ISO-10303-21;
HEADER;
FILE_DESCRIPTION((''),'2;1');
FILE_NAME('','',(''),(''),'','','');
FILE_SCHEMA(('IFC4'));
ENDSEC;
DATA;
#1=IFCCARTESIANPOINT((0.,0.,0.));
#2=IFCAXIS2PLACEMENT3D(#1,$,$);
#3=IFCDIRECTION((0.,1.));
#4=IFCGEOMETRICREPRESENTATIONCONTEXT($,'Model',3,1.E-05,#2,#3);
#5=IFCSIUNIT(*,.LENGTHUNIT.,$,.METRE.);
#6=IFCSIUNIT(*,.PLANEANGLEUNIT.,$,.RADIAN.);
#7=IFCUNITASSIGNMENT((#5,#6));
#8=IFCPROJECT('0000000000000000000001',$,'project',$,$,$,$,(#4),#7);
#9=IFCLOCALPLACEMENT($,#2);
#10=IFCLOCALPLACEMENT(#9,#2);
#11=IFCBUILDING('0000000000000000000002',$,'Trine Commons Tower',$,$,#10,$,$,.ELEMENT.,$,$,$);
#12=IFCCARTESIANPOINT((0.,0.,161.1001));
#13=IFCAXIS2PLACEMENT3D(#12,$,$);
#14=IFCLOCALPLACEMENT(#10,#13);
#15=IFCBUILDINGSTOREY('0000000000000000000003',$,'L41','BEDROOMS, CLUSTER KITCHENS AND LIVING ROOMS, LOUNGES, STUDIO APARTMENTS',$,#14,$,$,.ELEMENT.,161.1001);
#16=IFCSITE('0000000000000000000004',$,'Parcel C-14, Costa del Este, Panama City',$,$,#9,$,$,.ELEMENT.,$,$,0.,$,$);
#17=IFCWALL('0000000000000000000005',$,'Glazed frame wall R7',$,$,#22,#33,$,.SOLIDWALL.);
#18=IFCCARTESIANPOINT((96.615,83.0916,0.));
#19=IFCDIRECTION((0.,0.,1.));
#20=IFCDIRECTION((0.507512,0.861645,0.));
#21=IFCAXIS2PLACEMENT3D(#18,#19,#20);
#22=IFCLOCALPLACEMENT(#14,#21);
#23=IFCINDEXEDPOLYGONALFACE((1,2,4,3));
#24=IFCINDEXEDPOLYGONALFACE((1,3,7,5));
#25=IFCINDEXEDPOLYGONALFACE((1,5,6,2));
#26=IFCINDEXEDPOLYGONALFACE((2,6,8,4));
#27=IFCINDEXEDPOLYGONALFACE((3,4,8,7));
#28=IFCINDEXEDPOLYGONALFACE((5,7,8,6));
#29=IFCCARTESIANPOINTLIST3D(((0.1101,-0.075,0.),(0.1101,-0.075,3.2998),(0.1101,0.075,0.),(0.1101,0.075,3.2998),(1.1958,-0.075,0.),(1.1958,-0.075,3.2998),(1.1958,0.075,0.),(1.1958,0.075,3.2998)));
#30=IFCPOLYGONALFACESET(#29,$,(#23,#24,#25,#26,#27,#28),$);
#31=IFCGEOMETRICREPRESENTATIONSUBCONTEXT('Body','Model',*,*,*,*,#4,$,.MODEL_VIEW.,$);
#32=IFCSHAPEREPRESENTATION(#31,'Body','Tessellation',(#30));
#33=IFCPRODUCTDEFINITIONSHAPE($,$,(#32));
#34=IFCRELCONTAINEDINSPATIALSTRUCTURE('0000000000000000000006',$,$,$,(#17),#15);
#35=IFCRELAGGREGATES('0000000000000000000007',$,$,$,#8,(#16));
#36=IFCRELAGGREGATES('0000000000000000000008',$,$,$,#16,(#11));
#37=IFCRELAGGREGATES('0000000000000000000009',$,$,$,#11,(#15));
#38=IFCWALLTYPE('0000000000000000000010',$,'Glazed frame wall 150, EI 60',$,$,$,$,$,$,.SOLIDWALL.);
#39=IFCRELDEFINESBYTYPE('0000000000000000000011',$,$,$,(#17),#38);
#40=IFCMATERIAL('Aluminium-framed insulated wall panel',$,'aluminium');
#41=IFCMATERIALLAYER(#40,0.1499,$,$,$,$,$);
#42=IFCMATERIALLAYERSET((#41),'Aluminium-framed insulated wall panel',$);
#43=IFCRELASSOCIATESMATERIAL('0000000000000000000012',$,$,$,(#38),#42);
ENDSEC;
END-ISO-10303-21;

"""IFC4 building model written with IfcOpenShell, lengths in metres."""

from ifc_helpers import new_model, si_unit, direction, frame, origin, place, context, subcontext, project, spatial, polyline, outline, extrude, material, layer, layer_set, type_object, element, save


model = new_model("IFC4")

# Units and contexts
model_context = context("Model", 3, precision=1e-05, world=origin(), true_north=direction((0.0, 1.0)))
body_context = subcontext(model_context, "Body", "Model", "MODEL_VIEW")
ifc_project = project(units=[si_unit("LENGTHUNIT", "METRE"), si_unit("PLANEANGLEUNIT", "RADIAN")], contexts=[model_context])

# Site, building, storey
site_placement = place(None, origin())
site = spatial("IfcSite", under=ifc_project, at=site_placement, Name="Parcel C-14, Costa del Este, Panama City", CompositionType="ELEMENT", RefElevation=0.0)
building_placement = place(site_placement, origin())
building = spatial("IfcBuilding", under=site, at=building_placement, Name="Trine Commons Tower", CompositionType="ELEMENT")
storey_placement = place(building_placement, frame((0.0, 0.0, 161.1001)))
storey = spatial("IfcBuildingStorey", under=building, at=storey_placement, Name="L41", Description="BEDROOMS, CLUSTER KITCHENS AND LIVING ROOMS, LOUNGES, STUDIO APARTMENTS", CompositionType="ELEMENT", Elevation=161.1001)

# Wall
ifc_material_1 = material(Name="Aluminium-framed insulated wall panel", Category="aluminium")
ifc_layer_1 = layer(ifc_material_1, 0.1499)
ifc_layer_set_1 = layer_set([ifc_layer_1], Name="Aluminium-framed insulated wall panel")
wall_type_1 = type_object("IfcWallType", Name="Glazed frame wall 150, EI 60", PredefinedType="SOLIDWALL", material=ifc_layer_set_1)
wall_1_placement = place(storey_placement, frame((96.615, 83.0916, 0.0), z_axis=(0.0, 0.0, 1.0), x_axis=(0.507512, 0.861645, 0.0)))
element("IfcWall", 1, at=wall_1_placement, inside=storey, type_object=wall_type_1, Name="Glazed frame wall R7", PredefinedType="SOLIDWALL", context=body_context, shape_type="SweptSolid", body=[
    extrude(outline(polyline([(0.1101, 0.075), (0.1101, -0.075), (1.1958, -0.075), (1.1958, 0.075), (0.1101, 0.075)])), origin(), (0.0, 0.0, 1.0), 3.2998),
])

save(model, "model.ifc")
